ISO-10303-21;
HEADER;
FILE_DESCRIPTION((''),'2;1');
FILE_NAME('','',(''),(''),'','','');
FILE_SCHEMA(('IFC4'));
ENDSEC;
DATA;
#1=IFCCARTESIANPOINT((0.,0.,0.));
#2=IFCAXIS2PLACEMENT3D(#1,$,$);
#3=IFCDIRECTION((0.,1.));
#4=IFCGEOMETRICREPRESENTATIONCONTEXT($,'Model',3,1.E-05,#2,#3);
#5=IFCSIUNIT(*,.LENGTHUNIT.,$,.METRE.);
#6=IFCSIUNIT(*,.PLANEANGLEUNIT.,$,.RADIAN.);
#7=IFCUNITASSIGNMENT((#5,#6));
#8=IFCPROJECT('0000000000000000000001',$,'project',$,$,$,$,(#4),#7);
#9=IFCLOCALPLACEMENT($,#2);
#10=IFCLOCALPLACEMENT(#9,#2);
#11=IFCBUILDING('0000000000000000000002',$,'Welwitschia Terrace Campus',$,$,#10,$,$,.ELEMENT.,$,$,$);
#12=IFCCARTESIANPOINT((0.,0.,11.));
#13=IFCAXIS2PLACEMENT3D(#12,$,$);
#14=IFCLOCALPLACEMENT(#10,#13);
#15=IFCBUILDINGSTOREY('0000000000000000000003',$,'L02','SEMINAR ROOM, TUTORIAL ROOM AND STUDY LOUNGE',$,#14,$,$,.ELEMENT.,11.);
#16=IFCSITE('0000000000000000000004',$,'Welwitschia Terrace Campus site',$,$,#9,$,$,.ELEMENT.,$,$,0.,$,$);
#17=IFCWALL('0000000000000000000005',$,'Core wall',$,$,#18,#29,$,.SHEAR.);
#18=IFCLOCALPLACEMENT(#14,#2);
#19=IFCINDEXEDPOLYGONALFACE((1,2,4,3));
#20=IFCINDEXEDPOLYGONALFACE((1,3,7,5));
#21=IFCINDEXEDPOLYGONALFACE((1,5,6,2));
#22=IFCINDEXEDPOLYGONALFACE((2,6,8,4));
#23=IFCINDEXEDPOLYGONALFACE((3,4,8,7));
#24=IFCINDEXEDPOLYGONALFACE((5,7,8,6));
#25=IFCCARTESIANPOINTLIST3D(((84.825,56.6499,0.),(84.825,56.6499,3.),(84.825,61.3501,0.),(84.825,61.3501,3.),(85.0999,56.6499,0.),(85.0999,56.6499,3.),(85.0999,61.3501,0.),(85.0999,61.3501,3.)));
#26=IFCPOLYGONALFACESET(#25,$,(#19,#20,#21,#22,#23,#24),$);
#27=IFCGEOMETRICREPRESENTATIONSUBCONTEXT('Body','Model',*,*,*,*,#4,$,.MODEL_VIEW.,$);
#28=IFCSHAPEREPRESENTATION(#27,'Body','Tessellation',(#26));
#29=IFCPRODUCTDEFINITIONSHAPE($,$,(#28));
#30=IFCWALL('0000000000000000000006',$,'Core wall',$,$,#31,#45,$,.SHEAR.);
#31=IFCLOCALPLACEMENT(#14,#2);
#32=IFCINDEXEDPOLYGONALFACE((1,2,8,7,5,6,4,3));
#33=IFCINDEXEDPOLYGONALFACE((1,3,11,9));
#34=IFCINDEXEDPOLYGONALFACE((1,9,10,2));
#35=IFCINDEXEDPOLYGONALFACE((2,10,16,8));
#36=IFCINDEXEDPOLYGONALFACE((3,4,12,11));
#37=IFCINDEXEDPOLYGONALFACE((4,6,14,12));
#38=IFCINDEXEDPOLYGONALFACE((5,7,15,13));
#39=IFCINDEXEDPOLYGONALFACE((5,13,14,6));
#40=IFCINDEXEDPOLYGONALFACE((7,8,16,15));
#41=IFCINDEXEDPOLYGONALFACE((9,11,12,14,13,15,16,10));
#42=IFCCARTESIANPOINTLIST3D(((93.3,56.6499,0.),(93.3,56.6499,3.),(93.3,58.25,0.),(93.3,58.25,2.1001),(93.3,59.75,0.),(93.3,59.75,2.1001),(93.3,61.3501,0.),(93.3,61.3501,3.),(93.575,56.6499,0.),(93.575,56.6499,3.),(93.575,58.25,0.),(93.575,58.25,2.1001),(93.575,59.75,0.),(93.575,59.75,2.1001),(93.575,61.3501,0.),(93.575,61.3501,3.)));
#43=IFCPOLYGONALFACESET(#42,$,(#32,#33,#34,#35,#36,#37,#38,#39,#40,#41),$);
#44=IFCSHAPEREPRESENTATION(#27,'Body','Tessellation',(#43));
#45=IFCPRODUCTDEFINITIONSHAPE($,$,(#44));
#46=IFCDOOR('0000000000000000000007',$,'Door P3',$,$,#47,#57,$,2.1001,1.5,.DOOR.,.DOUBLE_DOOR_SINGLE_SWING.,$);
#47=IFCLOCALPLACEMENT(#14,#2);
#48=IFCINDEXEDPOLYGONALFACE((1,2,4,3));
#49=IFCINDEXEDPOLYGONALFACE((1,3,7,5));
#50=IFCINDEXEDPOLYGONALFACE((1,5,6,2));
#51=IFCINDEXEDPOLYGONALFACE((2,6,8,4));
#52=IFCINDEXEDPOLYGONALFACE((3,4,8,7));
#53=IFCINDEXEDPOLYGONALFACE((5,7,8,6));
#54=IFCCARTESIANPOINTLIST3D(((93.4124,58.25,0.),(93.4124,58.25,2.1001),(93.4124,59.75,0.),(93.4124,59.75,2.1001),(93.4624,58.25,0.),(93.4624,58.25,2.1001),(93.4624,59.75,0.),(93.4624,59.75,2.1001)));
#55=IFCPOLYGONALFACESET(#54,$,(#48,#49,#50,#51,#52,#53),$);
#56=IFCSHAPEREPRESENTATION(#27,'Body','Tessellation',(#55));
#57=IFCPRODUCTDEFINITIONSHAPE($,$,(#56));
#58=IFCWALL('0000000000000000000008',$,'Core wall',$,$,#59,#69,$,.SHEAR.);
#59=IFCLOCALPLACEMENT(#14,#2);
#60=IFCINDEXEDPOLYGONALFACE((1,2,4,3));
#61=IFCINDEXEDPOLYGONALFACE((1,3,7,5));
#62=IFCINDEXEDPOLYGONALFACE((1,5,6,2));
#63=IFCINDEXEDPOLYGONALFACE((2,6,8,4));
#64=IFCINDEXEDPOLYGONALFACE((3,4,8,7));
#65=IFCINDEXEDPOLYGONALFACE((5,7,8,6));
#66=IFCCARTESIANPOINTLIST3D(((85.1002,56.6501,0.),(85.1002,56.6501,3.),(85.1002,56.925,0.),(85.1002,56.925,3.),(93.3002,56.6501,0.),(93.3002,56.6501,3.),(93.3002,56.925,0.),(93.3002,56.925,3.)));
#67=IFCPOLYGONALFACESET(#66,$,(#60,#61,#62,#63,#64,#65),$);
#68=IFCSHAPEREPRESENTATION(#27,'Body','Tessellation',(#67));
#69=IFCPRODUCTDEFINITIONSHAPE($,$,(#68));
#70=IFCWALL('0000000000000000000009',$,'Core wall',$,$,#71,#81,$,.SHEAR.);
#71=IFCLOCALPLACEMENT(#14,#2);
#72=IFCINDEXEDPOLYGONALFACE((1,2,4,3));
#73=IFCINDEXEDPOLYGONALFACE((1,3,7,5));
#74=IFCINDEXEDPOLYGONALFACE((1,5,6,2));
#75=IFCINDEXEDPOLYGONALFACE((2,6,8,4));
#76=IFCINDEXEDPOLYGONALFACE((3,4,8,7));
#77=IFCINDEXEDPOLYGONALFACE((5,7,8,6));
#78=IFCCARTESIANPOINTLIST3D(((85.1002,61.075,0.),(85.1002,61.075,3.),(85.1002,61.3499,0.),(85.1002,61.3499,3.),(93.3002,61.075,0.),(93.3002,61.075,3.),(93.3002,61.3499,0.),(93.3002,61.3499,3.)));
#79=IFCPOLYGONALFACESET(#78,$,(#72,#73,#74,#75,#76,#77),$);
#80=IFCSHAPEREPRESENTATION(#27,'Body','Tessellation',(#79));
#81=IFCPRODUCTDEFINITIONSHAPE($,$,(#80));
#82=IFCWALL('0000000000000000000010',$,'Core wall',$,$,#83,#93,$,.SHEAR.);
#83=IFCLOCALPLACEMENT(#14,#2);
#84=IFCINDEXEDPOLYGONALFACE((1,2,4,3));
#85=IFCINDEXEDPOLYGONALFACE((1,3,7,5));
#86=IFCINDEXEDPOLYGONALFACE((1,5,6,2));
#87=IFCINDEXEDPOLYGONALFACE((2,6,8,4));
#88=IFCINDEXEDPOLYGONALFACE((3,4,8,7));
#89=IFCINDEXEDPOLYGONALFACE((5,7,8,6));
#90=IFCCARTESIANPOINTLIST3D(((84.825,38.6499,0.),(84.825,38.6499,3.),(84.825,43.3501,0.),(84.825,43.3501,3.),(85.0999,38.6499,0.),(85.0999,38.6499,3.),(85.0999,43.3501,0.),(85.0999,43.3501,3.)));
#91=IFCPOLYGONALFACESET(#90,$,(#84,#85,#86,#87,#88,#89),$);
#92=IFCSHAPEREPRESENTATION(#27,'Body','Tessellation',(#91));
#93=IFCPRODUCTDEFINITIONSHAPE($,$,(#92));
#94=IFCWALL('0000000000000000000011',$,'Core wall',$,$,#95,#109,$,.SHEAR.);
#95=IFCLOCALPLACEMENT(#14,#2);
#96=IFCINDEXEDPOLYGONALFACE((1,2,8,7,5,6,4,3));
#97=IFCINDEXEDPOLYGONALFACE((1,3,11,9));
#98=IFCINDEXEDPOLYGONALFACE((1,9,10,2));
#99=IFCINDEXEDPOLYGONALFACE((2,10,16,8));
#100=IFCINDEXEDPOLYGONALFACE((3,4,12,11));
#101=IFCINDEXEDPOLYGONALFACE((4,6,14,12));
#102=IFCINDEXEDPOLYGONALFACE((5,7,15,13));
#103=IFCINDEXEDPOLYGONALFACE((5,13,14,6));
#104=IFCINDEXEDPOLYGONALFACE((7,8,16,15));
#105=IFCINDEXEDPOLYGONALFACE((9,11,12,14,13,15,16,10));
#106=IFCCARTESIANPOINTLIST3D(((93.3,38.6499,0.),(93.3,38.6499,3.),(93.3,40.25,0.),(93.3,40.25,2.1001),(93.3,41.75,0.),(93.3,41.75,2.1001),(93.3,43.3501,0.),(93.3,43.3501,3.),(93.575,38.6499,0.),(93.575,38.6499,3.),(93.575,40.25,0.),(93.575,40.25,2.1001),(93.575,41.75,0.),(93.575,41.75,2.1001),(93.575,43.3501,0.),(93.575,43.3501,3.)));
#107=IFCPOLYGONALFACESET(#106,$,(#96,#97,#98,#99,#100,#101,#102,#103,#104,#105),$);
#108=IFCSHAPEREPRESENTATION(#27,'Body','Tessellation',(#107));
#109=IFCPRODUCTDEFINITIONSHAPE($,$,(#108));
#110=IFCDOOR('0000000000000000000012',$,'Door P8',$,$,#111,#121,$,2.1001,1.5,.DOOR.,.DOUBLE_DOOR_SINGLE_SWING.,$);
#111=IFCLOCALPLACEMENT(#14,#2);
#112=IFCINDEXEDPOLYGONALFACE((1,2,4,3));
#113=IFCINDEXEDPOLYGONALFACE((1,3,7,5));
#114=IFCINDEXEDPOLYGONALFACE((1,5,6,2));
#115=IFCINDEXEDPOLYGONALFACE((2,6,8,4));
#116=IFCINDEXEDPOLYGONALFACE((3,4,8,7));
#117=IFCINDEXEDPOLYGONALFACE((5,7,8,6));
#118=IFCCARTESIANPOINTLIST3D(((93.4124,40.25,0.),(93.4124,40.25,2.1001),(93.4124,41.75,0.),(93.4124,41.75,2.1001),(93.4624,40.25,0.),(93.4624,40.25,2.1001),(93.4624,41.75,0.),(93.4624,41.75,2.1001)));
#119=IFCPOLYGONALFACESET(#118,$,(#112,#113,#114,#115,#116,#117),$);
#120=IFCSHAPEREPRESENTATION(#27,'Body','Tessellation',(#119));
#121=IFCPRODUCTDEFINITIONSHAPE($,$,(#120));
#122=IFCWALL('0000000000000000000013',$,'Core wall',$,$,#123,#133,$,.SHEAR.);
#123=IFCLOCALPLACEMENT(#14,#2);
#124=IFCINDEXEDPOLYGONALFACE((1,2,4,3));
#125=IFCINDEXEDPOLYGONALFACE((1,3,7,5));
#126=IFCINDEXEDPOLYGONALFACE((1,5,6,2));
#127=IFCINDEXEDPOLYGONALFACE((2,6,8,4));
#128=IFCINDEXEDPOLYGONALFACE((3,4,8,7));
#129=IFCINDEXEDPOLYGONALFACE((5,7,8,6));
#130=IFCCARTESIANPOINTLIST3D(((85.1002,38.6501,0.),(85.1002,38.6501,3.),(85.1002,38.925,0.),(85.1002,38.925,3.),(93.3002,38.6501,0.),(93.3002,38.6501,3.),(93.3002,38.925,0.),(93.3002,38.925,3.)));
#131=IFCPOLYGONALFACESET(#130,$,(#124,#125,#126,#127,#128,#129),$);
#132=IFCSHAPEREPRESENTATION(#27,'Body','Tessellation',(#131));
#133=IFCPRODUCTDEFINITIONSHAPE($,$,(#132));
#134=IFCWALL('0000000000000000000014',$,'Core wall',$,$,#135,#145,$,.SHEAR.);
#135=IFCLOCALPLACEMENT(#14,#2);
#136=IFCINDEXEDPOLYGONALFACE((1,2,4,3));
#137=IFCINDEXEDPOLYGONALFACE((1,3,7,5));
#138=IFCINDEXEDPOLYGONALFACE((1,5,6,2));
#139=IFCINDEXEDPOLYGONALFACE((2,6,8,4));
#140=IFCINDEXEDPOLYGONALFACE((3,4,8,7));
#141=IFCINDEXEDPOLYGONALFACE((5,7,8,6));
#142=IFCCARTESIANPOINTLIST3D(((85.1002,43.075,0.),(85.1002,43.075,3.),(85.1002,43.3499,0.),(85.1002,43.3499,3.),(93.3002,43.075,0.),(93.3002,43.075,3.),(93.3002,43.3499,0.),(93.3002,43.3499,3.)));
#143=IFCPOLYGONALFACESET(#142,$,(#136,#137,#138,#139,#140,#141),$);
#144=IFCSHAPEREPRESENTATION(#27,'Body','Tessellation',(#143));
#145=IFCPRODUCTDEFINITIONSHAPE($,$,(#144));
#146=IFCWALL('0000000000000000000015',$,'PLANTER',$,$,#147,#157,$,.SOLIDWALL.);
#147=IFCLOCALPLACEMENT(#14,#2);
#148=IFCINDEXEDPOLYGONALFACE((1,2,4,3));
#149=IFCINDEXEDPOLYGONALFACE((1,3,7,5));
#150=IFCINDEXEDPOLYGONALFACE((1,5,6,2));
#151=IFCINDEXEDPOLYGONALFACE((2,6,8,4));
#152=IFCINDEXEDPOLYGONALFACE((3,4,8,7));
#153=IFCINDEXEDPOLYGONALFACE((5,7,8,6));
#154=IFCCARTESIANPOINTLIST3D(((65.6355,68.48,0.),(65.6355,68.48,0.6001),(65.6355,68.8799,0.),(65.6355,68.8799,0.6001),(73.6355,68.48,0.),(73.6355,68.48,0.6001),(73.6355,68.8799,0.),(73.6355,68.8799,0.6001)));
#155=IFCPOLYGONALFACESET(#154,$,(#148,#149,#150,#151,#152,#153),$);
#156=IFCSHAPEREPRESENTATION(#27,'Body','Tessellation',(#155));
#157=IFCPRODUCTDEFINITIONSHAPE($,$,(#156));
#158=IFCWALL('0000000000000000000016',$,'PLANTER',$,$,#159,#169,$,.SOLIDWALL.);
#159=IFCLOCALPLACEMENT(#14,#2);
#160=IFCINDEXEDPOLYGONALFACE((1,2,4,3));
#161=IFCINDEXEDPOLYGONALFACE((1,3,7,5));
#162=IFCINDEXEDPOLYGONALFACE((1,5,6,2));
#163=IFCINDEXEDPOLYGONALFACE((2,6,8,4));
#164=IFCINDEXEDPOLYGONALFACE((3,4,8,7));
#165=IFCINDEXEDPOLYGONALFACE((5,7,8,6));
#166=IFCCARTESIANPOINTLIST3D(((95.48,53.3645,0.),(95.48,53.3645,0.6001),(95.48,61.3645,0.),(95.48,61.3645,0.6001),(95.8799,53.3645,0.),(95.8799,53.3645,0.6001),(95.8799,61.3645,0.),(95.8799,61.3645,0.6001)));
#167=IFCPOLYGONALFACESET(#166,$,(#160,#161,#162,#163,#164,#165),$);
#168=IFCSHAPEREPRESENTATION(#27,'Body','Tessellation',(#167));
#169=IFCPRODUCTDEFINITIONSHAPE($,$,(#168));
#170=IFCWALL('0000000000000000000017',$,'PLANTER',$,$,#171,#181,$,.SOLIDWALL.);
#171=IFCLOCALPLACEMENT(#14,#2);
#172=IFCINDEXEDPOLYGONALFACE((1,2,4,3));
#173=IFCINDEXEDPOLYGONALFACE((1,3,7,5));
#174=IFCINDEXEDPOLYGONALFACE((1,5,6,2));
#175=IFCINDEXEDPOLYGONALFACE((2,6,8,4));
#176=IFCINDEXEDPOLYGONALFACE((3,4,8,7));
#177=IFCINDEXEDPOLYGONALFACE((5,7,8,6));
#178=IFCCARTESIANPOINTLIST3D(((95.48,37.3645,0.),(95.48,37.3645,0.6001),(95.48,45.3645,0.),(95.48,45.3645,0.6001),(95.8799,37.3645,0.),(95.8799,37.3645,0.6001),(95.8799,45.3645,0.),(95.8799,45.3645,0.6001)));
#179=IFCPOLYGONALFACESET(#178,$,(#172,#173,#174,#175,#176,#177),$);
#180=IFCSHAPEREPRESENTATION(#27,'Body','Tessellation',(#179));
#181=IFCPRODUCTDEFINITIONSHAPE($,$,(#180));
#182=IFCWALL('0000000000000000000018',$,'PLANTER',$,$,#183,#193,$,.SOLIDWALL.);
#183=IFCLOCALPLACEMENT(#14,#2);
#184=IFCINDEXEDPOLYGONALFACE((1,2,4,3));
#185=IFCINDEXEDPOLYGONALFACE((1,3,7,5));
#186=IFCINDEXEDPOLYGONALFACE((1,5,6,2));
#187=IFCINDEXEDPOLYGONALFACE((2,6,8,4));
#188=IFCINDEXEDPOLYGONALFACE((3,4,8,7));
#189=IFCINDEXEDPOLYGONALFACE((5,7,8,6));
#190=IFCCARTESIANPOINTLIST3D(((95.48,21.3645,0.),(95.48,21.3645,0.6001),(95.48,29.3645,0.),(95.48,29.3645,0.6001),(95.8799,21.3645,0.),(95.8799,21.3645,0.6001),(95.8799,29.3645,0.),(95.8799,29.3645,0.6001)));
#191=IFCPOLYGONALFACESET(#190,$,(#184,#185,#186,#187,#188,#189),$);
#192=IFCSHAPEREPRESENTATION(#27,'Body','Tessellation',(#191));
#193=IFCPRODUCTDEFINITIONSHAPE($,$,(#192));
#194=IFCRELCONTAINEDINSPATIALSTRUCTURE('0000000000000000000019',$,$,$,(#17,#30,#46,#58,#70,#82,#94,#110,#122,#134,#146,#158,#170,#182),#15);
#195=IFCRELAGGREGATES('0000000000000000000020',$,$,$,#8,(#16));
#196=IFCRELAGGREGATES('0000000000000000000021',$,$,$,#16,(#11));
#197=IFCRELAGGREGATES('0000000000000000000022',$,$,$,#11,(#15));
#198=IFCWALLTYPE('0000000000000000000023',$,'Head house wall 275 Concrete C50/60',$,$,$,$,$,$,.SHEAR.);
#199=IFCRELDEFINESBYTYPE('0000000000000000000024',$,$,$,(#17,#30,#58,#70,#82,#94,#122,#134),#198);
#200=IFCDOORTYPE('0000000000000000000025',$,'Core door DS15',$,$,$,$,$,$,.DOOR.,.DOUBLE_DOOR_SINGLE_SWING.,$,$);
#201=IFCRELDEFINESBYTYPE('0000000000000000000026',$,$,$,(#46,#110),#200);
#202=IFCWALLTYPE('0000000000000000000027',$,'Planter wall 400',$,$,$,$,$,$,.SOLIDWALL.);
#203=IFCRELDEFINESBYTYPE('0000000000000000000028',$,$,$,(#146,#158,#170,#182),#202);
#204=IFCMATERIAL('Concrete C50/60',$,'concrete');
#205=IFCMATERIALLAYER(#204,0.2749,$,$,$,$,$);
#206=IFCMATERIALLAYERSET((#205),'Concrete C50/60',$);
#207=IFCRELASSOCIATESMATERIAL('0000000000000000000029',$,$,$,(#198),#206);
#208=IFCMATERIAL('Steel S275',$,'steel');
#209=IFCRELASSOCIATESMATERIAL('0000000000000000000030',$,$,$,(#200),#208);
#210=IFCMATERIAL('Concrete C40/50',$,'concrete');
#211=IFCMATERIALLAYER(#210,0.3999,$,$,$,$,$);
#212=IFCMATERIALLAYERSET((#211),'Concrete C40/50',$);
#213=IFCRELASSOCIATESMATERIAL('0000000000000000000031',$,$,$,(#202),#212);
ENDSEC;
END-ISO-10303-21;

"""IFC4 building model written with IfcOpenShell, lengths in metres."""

from ifc_helpers import new_model, si_unit, direction, frame, frame_2d, origin, place, context, subcontext, project, spatial, rectangle, extrude, material, layer, layer_set, type_object, element, fill, save


model = new_model("IFC4")

# Units and contexts
model_context = context("Model", 3, precision=1e-05, world=origin(), true_north=direction((0.0, 1.0)))
body_context = subcontext(model_context, "Body", "Model", "MODEL_VIEW")
ifc_project = project(units=[si_unit("LENGTHUNIT", "METRE"), si_unit("PLANEANGLEUNIT", "RADIAN")], contexts=[model_context])

# Site, building, storey
site_placement = place(None, origin())
site = spatial("IfcSite", under=ifc_project, at=site_placement, Name="Welwitschia Terrace Campus site", CompositionType="ELEMENT", RefElevation=0.0)
building_placement = place(site_placement, origin())
building = spatial("IfcBuilding", under=site, at=building_placement, Name="Welwitschia Terrace Campus", CompositionType="ELEMENT")
storey_placement = place(building_placement, frame((0.0, 0.0, 11.0)))
storey = spatial("IfcBuildingStorey", under=building, at=storey_placement, Name="L02", Description="SEMINAR ROOM, TUTORIAL ROOM AND STUDY LOUNGE", CompositionType="ELEMENT", Elevation=11.0)

# Wall
ifc_material_1 = material(Name="Concrete C50/60", Category="concrete")
ifc_layer_1 = layer(ifc_material_1, 0.2749)
ifc_layer_set_1 = layer_set([ifc_layer_1], Name="Concrete C50/60")
wall_type_1 = type_object("IfcWallType", Name="Head house wall 275 Concrete C50/60", PredefinedType="SHEAR", material=ifc_layer_set_1)
wall_1_placement = place(storey_placement, frame((84.9624, 56.6499, 0.0), z_axis=(0.0, 0.0, 1.0), x_axis=(0.0, 1.0, 0.0)))
element("IfcWall", 1, at=wall_1_placement, inside=storey, type_object=wall_type_1, Name="Core wall", PredefinedType="SHEAR", context=body_context, shape_type="SweptSolid", body=[
    extrude(rectangle(XDim=4.7002, YDim=0.2749, at=frame_2d((2.3501, 0.0))), origin(), (0.0, 0.0, 1.0), 3.0),
])

# Wall, opening, door
wall_2_placement = place(storey_placement, frame((93.4375, 61.3501, 0.0), z_axis=(0.0, 0.0, 1.0), x_axis=(0.0, -1.0, 0.0)))
wall_2 = element("IfcWall", 2, at=wall_2_placement, inside=storey, type_object=wall_type_1, Name="Core wall", PredefinedType="SHEAR", context=body_context, shape_type="SweptSolid", body=[
    extrude(rectangle(XDim=4.7002, YDim=0.2749, at=frame_2d((2.3501, 0.0))), origin(), (0.0, 0.0, 1.0), 3.0),
])
opening_1_placement = place(wall_2_placement, frame((1.6001, 0.0, 0.0)))
opening_1 = element("IfcOpeningElement", 3, at=opening_1_placement, cuts=wall_2, PredefinedType="OPENING", context=body_context, shape_type="SweptSolid", body=[
    extrude(rectangle(XDim=1.5, YDim=2.1001, at=frame_2d((0.75, 1.05))), frame((0.0, 0.1475, 0.0), z_axis=(0.0, -1.0, 0.0), x_axis=(1.0, 0.0, 0.0)), (0.0, 0.0, 1.0), 0.2949),
])
ifc_material_2 = material(Name="Steel S275", Category="steel")
door_type = type_object("IfcDoorType", Name="Core door DS15", OperationType="DOUBLE_DOOR_SINGLE_SWING", PredefinedType="DOOR", material=ifc_material_2)
door_1_placement = place(opening_1_placement, origin())
door_1 = element("IfcDoor", 4, at=door_1_placement, inside=storey, type_object=door_type, Name="Door P3", OperationType="DOUBLE_DOOR_SINGLE_SWING", OverallHeight=2.1001, OverallWidth=1.5, PredefinedType="DOOR", context=body_context, shape_type="SweptSolid", body=[
    extrude(rectangle(XDim=1.5, YDim=2.1001, at=frame_2d((0.75, 1.05))), frame((0.0, 0.0249, 0.0), z_axis=(0.0, -1.0, 0.0), x_axis=(1.0, 0.0, 0.0)), (0.0, 0.0, 1.0), 0.05),
])
fill(opening_1, door_1)

# Walls
for number, where, z_axis, x_axis, name in (
    (5, (85.1001, 56.7876, 0.0), (0.0, 0.0, 1.0), (1.0, 0.0, 0.0), "Core wall"),
    (6, (85.1001, 61.2124, 0.0), (0.0, 0.0, 1.0), (1.0, 0.0, 0.0), "Core wall"),
):
    element("IfcWall", number, at=place(storey_placement, frame(where, z_axis=z_axis, x_axis=x_axis)), inside=storey, type_object=wall_type_1, Name=name, PredefinedType="SHEAR", context=body_context, shape_type="SweptSolid", body=[
        extrude(rectangle(XDim=8.2, YDim=0.2749, at=frame_2d((4.1001, 0.0))), origin(), (0.0, 0.0, 1.0), 3.0),
    ])
wall_3_placement = place(storey_placement, frame((84.9624, 38.6499, 0.0), z_axis=(0.0, 0.0, 1.0), x_axis=(0.0, 1.0, 0.0)))
element("IfcWall", 7, at=wall_3_placement, inside=storey, type_object=wall_type_1, Name="Core wall", PredefinedType="SHEAR", context=body_context, shape_type="SweptSolid", body=[
    extrude(rectangle(XDim=4.7002, YDim=0.2749, at=frame_2d((2.3501, 0.0))), origin(), (0.0, 0.0, 1.0), 3.0),
])

# Wall, opening, door
wall_4_placement = place(storey_placement, frame((93.4375, 43.3501, 0.0), z_axis=(0.0, 0.0, 1.0), x_axis=(0.0, -1.0, 0.0)))
wall_4 = element("IfcWall", 8, at=wall_4_placement, inside=storey, type_object=wall_type_1, Name="Core wall", PredefinedType="SHEAR", context=body_context, shape_type="SweptSolid", body=[
    extrude(rectangle(XDim=4.7002, YDim=0.2749, at=frame_2d((2.3501, 0.0))), origin(), (0.0, 0.0, 1.0), 3.0),
])
opening_2_placement = place(wall_4_placement, frame((1.6001, 0.0, 0.0)))
opening_2 = element("IfcOpeningElement", 9, at=opening_2_placement, cuts=wall_4, PredefinedType="OPENING", context=body_context, shape_type="SweptSolid", body=[
    extrude(rectangle(XDim=1.5, YDim=2.1001, at=frame_2d((0.75, 1.05))), frame((0.0, 0.1475, 0.0), z_axis=(0.0, -1.0, 0.0), x_axis=(1.0, 0.0, 0.0)), (0.0, 0.0, 1.0), 0.2949),
])
door_2_placement = place(opening_2_placement, origin())
door_2 = element("IfcDoor", 10, at=door_2_placement, inside=storey, type_object=door_type, Name="Door P8", OperationType="DOUBLE_DOOR_SINGLE_SWING", OverallHeight=2.1001, OverallWidth=1.5, PredefinedType="DOOR", context=body_context, shape_type="SweptSolid", body=[
    extrude(rectangle(XDim=1.5, YDim=2.1001, at=frame_2d((0.75, 1.05))), frame((0.0, 0.0249, 0.0), z_axis=(0.0, -1.0, 0.0), x_axis=(1.0, 0.0, 0.0)), (0.0, 0.0, 1.0), 0.05),
])
fill(opening_2, door_2)

# Walls
for number, where, z_axis, x_axis, name in (
    (11, (85.1001, 38.7876, 0.0), (0.0, 0.0, 1.0), (1.0, 0.0, 0.0), "Core wall"),
    (12, (85.1001, 43.2124, 0.0), (0.0, 0.0, 1.0), (1.0, 0.0, 0.0), "Core wall"),
):
    element("IfcWall", number, at=place(storey_placement, frame(where, z_axis=z_axis, x_axis=x_axis)), inside=storey, type_object=wall_type_1, Name=name, PredefinedType="SHEAR", context=body_context, shape_type="SweptSolid", body=[
        extrude(rectangle(XDim=8.2, YDim=0.2749, at=frame_2d((4.1001, 0.0))), origin(), (0.0, 0.0, 1.0), 3.0),
    ])
ifc_material_3 = material(Name="Concrete C40/50", Category="concrete")
ifc_layer_2 = layer(ifc_material_3, 0.3999)
ifc_layer_set_2 = layer_set([ifc_layer_2], Name="Concrete C40/50")
wall_type_2 = type_object("IfcWallType", Name="Planter wall 400", PredefinedType="SOLIDWALL", material=ifc_layer_set_2)
for number, where, z_axis, x_axis, name in (
    (13, (65.6355, 68.6799, 0.0), (0.0, 0.0, 1.0), (1.0, 0.0, 0.0), "PLANTER"),
    (14, (95.6799, 61.3645, 0.0), (0.0, 0.0, 1.0), (0.0, -1.0, 0.0), "PLANTER"),
    (15, (95.6799, 45.3645, 0.0), (0.0, 0.0, 1.0), (0.0, -1.0, 0.0), "PLANTER"),
    (16, (95.6799, 29.3645, 0.0), (0.0, 0.0, 1.0), (0.0, -1.0, 0.0), "PLANTER"),
):
    element("IfcWall", number, at=place(storey_placement, frame(where, z_axis=z_axis, x_axis=x_axis)), inside=storey, type_object=wall_type_2, Name=name, PredefinedType="SOLIDWALL", context=body_context, shape_type="SweptSolid", body=[
        extrude(rectangle(XDim=8.0, YDim=0.3999, at=frame_2d((4.0, 0.0))), origin(), (0.0, 0.0, 1.0), 0.6001),
    ])

save(model, "model.ifc")
